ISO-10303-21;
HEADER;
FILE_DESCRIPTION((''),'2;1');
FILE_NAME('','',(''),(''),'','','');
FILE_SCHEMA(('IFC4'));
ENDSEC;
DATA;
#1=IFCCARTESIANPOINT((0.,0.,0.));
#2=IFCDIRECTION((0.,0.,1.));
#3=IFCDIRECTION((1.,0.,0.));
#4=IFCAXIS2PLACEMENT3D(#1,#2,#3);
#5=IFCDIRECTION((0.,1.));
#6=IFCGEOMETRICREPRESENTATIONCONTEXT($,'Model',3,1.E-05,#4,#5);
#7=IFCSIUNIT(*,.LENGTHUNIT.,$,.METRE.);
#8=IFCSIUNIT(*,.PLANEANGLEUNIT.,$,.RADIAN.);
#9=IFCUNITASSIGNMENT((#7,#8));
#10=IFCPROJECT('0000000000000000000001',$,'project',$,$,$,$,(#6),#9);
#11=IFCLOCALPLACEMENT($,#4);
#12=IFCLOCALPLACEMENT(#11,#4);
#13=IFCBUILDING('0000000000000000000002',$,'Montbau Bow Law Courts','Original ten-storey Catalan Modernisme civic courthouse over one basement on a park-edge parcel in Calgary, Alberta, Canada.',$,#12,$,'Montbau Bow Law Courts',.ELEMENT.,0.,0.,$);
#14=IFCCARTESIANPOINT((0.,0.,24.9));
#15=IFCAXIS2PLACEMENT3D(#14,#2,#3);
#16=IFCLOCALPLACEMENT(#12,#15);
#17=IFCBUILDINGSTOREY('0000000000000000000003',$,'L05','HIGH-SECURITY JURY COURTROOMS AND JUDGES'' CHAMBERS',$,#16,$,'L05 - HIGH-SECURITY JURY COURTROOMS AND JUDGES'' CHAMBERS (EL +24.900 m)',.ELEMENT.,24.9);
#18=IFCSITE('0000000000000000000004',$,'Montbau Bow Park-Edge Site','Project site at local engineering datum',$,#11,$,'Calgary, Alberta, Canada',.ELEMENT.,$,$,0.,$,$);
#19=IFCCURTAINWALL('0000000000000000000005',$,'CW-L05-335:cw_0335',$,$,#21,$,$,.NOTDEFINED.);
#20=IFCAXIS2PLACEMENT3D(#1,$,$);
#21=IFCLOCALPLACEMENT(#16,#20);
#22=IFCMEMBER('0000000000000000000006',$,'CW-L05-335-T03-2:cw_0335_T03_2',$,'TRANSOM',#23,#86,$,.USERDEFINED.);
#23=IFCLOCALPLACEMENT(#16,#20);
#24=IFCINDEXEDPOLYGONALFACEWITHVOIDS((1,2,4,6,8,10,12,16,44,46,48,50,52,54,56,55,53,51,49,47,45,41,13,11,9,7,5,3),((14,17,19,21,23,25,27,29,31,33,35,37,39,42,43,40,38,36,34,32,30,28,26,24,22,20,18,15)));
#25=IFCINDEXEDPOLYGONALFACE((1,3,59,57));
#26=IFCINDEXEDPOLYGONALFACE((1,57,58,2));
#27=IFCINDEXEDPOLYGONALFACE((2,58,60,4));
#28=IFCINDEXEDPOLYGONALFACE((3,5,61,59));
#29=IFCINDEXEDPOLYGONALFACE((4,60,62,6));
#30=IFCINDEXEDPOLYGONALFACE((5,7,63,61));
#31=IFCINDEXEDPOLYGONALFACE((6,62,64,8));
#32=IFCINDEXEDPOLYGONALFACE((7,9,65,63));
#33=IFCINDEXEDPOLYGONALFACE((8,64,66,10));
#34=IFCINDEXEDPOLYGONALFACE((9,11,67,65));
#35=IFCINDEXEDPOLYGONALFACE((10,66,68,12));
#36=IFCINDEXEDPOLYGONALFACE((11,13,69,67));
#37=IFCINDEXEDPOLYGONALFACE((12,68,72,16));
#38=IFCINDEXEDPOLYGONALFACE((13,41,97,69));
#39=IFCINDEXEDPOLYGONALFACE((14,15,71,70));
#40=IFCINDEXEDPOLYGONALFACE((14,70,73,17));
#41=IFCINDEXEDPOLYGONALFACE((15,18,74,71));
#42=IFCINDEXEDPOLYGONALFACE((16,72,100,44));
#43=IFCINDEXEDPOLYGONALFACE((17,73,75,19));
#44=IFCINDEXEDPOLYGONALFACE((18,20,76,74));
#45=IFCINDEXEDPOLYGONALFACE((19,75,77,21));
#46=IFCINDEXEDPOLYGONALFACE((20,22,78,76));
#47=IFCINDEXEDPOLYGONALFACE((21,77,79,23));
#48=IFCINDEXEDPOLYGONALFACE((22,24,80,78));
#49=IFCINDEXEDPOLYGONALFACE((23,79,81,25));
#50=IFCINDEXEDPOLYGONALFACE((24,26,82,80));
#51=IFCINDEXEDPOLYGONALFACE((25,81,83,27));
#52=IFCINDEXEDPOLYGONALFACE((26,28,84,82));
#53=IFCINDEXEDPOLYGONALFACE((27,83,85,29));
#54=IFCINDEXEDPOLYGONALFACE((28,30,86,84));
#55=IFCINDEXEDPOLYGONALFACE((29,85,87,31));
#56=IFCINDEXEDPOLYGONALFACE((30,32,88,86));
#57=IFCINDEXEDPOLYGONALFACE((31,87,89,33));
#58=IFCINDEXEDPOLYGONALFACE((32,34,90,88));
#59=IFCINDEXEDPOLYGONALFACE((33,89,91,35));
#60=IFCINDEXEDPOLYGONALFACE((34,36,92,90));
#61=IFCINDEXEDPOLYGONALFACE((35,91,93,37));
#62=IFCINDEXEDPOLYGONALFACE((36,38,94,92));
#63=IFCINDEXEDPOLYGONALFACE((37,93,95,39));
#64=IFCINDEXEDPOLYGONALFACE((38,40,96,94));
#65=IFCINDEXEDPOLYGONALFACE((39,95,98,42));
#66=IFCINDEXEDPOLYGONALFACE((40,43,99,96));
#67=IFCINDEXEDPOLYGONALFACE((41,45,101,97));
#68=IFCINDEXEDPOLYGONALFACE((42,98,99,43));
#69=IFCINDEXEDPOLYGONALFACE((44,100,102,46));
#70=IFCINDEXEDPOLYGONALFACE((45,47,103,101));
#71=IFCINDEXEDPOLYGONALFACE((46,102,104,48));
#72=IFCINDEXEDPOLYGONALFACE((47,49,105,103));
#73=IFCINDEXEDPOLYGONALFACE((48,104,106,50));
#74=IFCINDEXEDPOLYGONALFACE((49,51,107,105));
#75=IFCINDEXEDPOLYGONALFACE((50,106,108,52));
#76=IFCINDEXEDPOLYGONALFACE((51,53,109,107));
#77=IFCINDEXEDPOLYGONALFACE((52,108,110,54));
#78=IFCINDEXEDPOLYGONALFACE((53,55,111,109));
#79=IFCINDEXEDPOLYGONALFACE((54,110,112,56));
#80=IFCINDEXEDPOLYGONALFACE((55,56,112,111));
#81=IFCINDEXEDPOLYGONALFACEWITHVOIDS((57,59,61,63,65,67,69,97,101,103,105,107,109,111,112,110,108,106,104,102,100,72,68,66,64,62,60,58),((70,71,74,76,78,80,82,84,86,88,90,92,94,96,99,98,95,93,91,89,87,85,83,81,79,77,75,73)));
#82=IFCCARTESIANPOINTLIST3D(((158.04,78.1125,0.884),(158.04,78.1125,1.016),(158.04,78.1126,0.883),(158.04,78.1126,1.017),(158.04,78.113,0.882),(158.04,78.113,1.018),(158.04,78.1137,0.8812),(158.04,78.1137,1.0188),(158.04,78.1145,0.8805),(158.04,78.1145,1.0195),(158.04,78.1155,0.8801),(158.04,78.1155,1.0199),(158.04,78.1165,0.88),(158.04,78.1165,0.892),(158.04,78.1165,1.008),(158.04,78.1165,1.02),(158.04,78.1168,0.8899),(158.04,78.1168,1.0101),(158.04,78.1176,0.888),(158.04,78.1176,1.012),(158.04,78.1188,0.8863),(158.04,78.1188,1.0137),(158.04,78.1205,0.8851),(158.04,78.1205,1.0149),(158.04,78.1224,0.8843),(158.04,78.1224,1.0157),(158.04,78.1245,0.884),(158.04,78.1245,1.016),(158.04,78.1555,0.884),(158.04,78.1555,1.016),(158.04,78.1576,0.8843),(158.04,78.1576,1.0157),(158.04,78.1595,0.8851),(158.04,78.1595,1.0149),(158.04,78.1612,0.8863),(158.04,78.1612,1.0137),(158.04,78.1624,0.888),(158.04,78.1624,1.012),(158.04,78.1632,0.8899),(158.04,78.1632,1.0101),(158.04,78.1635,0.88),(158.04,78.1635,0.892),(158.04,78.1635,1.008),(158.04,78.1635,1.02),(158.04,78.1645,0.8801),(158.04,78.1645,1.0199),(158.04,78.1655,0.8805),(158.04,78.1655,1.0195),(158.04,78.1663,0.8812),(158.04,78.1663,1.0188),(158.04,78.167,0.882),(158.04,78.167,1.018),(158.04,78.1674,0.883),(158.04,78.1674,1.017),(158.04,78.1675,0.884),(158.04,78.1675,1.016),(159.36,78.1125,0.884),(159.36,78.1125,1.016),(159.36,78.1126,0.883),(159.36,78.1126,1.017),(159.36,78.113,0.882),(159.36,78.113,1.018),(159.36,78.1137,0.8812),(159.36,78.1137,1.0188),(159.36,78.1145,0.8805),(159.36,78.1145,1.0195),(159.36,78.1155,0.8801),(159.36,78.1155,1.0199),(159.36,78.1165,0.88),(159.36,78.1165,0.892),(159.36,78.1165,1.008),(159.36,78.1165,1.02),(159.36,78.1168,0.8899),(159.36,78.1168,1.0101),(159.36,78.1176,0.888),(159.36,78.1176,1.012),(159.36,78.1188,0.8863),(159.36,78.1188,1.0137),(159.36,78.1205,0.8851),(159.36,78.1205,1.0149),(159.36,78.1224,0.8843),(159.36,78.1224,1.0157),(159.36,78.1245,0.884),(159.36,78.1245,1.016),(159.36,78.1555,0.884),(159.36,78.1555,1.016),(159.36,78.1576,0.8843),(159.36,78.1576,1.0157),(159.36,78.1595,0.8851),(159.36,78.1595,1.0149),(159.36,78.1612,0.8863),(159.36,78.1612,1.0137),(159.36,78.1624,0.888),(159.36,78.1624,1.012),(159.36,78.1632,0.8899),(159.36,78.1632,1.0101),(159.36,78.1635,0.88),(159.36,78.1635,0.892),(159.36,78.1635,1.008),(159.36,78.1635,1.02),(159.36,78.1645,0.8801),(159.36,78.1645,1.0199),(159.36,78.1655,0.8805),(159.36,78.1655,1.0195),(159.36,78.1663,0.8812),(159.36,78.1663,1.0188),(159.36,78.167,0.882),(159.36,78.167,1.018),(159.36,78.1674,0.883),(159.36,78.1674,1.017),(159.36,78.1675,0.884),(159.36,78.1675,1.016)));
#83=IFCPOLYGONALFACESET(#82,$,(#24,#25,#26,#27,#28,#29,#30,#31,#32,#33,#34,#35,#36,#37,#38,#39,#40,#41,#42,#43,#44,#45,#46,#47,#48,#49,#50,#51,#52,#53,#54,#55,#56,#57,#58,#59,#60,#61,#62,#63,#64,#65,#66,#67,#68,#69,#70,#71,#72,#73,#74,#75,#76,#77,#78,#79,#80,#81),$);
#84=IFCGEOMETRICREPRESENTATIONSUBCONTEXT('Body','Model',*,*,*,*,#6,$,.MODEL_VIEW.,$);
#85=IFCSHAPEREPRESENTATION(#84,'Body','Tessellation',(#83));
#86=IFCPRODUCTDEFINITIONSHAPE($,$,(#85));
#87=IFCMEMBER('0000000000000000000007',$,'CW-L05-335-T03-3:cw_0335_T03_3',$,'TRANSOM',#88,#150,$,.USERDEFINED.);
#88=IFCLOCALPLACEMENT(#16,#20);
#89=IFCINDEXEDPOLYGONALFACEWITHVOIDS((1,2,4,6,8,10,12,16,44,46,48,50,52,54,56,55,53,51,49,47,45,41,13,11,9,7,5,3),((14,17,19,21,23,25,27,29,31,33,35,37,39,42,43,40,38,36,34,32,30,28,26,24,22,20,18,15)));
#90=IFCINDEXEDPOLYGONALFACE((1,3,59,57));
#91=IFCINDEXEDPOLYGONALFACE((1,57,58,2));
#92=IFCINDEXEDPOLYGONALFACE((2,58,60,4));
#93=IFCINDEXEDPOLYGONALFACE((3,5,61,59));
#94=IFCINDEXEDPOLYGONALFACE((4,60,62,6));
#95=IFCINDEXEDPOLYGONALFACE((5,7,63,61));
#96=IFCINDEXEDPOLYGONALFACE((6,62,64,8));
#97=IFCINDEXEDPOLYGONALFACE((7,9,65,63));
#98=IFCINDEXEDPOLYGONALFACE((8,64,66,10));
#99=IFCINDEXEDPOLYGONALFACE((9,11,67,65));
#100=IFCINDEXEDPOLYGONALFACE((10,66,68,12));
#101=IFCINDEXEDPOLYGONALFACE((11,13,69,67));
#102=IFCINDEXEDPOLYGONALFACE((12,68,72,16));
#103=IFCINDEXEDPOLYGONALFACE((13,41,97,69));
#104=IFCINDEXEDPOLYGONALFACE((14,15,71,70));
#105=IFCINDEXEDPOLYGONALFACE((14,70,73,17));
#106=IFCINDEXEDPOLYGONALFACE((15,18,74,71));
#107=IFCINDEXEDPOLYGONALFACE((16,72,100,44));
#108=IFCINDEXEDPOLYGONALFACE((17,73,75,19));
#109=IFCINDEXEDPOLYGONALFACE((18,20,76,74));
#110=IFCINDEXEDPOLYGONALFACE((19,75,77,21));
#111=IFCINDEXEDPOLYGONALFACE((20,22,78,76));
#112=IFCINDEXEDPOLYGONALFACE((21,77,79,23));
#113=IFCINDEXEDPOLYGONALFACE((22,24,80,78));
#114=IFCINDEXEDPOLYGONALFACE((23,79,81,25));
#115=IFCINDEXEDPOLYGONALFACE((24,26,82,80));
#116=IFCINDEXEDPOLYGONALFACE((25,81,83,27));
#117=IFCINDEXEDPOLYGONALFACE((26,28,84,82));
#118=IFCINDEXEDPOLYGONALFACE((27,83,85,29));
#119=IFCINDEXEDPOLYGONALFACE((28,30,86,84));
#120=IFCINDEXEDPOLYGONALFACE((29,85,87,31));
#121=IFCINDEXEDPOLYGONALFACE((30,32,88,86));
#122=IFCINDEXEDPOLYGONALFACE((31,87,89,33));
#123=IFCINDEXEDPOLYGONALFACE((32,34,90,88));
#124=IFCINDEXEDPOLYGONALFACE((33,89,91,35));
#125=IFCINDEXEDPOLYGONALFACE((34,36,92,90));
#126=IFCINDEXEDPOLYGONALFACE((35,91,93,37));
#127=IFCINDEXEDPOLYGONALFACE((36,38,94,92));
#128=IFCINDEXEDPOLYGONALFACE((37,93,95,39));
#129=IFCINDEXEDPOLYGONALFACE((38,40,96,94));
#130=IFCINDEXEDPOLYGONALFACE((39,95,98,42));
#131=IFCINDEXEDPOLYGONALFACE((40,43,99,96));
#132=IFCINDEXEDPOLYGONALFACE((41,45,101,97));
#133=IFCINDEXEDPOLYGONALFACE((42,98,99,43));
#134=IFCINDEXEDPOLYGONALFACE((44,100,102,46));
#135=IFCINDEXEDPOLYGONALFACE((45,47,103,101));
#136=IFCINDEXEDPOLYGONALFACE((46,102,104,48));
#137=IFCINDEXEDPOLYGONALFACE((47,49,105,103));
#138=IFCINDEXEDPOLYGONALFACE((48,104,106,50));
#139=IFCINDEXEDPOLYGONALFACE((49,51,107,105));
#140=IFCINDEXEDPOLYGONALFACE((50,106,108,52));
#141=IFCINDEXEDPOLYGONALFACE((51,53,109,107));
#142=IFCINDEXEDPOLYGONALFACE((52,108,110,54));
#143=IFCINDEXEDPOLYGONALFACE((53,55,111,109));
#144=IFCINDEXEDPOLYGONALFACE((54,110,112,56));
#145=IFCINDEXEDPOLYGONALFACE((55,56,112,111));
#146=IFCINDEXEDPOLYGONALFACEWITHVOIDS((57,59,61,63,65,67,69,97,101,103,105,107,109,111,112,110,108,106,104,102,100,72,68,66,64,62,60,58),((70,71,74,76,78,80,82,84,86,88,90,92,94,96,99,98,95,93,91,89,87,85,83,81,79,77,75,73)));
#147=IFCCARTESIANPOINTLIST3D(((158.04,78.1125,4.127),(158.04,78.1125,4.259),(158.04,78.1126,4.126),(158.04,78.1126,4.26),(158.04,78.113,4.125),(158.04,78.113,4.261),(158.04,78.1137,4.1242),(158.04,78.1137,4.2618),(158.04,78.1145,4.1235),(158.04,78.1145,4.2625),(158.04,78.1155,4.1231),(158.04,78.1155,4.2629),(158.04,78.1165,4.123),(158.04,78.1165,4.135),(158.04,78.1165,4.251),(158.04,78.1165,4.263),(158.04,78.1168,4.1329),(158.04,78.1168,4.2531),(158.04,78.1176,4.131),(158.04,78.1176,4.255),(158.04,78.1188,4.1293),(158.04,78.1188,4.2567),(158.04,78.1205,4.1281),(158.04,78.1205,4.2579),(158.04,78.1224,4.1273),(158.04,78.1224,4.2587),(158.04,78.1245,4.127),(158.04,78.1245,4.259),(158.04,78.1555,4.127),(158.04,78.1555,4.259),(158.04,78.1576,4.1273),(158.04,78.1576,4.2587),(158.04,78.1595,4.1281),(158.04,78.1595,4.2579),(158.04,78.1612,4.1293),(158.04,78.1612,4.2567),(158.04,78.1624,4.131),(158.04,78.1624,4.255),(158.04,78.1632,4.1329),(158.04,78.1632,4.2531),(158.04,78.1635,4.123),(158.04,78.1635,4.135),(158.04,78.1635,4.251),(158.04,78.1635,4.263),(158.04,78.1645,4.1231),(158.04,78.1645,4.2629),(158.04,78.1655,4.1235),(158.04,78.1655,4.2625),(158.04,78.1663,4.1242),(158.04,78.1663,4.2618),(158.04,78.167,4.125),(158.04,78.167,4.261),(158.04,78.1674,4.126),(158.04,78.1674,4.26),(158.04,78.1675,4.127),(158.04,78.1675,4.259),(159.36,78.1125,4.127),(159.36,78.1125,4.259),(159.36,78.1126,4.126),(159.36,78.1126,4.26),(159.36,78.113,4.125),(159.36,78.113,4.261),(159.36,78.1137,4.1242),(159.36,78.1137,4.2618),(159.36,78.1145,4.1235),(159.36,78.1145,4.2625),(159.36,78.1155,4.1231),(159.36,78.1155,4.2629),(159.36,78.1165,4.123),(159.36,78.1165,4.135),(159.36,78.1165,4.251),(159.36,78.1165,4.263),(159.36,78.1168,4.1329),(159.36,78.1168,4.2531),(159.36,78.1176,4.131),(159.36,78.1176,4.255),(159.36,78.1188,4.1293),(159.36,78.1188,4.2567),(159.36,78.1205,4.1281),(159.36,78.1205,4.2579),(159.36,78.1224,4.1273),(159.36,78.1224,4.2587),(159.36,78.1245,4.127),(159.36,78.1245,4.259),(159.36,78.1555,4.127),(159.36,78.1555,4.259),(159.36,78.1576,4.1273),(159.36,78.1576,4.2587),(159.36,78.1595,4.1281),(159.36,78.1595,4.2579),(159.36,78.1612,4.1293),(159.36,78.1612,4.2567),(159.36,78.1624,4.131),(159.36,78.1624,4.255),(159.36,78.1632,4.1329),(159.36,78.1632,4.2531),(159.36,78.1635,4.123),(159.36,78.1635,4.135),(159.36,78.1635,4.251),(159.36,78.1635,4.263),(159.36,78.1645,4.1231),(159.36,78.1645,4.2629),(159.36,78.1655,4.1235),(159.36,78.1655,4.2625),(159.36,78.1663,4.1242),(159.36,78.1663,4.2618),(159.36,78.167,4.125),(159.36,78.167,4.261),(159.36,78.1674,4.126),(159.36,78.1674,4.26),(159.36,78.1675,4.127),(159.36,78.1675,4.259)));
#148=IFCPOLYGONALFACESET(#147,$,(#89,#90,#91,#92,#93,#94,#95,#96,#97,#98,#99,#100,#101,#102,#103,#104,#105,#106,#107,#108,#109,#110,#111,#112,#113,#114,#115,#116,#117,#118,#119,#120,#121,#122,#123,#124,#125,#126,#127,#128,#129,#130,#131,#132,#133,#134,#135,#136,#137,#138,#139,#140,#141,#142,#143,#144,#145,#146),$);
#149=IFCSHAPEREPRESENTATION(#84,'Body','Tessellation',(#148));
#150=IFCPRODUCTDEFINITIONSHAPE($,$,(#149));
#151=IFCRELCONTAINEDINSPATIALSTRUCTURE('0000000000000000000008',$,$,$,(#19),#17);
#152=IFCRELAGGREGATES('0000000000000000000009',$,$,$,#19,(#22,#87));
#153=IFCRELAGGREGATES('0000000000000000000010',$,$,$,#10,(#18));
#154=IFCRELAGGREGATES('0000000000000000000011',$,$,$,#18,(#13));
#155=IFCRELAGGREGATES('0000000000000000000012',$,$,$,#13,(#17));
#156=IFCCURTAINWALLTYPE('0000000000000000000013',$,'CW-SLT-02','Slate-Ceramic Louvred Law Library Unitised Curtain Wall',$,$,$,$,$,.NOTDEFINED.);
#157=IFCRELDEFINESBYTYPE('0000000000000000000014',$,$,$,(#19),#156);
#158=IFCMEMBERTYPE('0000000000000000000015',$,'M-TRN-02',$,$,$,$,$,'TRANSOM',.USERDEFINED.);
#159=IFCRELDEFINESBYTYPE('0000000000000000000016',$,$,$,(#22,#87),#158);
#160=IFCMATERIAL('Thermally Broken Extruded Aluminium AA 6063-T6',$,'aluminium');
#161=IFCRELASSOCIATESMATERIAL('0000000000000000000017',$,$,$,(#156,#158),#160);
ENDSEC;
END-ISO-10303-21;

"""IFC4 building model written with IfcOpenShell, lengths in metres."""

from ifc_helpers import new_model, si_unit, direction, frame, origin_with_axes, origin_2d_with_axis, place, context, subcontext, project, spatial, hollow_rectangle, extrude, material, material_profile, profile_set, type_object, element, aggregate, save


model = new_model("IFC4")

# Units and contexts
model_context = context("Model", 3, precision=1e-05, world=origin_with_axes(), true_north=direction((0.0, 1.0)))
body_context = subcontext(model_context, "Body", "Model", "MODEL_VIEW")
ifc_project = project(units=[si_unit("LENGTHUNIT", "METRE"), si_unit("PLANEANGLEUNIT", "RADIAN")], contexts=[model_context])

# Site, building, storey
site_placement = place(None, origin_with_axes())
site = spatial("IfcSite", under=ifc_project, at=site_placement, Name="Montbau Bow Park-Edge Site", Description="Project site at local engineering datum", LongName="Calgary, Alberta, Canada", CompositionType="ELEMENT", RefElevation=0.0)
building_placement = place(site_placement, origin_with_axes())
building = spatial("IfcBuilding", under=site, at=building_placement, Name="Montbau Bow Law Courts", Description="Original ten-storey Catalan Modernisme civic courthouse over one basement on a park-edge parcel in Calgary, Alberta, Canada.", LongName="Montbau Bow Law Courts", CompositionType="ELEMENT", ElevationOfRefHeight=0.0, ElevationOfTerrain=0.0)
storey_placement = place(building_placement, frame((0.0, 0.0, 24.9), z_axis=(0.0, 0.0, 1.0), x_axis=(1.0, 0.0, 0.0)))
storey = spatial("IfcBuildingStorey", under=building, at=storey_placement, Name="L05", Description="HIGH-SECURITY JURY COURTROOMS AND JUDGES' CHAMBERS", LongName="L05 - HIGH-SECURITY JURY COURTROOMS AND JUDGES' CHAMBERS (EL +24.900 m)", CompositionType="ELEMENT", Elevation=24.9)

# Shared definitions
ifc_material_1 = material(Name="Thermally Broken Extruded Aluminium AA 6063-T6", Category="aluminium")
curtain_wall_type = type_object("IfcCurtainWallType", Name="CW-SLT-02", Description="Slate-Ceramic Louvred Law Library Unitised Curtain Wall", PredefinedType="NOTDEFINED", material=ifc_material_1)

# Curtain wall, members
curtain_wall_1_placement = place(None, frame((155.24, 78.14, 24.9), z_axis=(0.0, 0.0, 1.0), x_axis=(1.0, 0.0, 0.0)))
curtain_wall_1 = element("IfcCurtainWall", 1, at=curtain_wall_1_placement, inside=storey, type_object=curtain_wall_type, Name="CW-L05-335:cw_0335", PredefinedType="NOTDEFINED")
ifc_material_profile_1 = material_profile(ifc_material_1, hollow_rectangle(XDim=0.055, YDim=0.14, WallThickness=0.004, InnerFilletRadius=0.008, OuterFilletRadius=0.004, at=origin_2d_with_axis()), Name="CWT-140X55", Category="Main", Priority=0)
ifc_profile_set_1 = profile_set([ifc_material_profile_1], Name="Thermally Broken Extruded Aluminium AA 6063-T6")
member_type_1 = type_object("IfcMemberType", Name="M-TRN-02", ElementType="TRANSOM", PredefinedType="USERDEFINED", material=ifc_profile_set_1)
member_1_placement = place(None, frame((158.04, 78.14, 25.85), z_axis=(1.0, 0.0, 0.0), x_axis=(0.0, 1.0, 0.0)))
member_1 = element("IfcMember", 2, at=member_1_placement, type_object=member_type_1, Name="CW-L05-335-T03-2:cw_0335_T03_2", ObjectType="TRANSOM", PredefinedType="USERDEFINED", context=body_context, shape_type="SweptSolid", body=[
    extrude(hollow_rectangle(XDim=0.055, YDim=0.14, WallThickness=0.004, InnerFilletRadius=0.008, OuterFilletRadius=0.004, at=origin_2d_with_axis()), origin_with_axes(), (0.0, 0.0, 1.0), 1.32),
])
member_2_placement = place(None, frame((158.04, 78.14, 29.093), z_axis=(1.0, 0.0, 0.0), x_axis=(0.0, 1.0, 0.0)))
member_2 = element("IfcMember", 3, at=member_2_placement, type_object=member_type_1, Name="CW-L05-335-T03-3:cw_0335_T03_3", ObjectType="TRANSOM", PredefinedType="USERDEFINED", context=body_context, shape_type="SweptSolid", body=[
    extrude(hollow_rectangle(XDim=0.055, YDim=0.14, WallThickness=0.004, InnerFilletRadius=0.008, OuterFilletRadius=0.004, at=origin_2d_with_axis()), origin_with_axes(), (0.0, 0.0, 1.0), 1.32),
])
aggregate(curtain_wall_1, [member_1, member_2])

save(model, "model.ifc")
